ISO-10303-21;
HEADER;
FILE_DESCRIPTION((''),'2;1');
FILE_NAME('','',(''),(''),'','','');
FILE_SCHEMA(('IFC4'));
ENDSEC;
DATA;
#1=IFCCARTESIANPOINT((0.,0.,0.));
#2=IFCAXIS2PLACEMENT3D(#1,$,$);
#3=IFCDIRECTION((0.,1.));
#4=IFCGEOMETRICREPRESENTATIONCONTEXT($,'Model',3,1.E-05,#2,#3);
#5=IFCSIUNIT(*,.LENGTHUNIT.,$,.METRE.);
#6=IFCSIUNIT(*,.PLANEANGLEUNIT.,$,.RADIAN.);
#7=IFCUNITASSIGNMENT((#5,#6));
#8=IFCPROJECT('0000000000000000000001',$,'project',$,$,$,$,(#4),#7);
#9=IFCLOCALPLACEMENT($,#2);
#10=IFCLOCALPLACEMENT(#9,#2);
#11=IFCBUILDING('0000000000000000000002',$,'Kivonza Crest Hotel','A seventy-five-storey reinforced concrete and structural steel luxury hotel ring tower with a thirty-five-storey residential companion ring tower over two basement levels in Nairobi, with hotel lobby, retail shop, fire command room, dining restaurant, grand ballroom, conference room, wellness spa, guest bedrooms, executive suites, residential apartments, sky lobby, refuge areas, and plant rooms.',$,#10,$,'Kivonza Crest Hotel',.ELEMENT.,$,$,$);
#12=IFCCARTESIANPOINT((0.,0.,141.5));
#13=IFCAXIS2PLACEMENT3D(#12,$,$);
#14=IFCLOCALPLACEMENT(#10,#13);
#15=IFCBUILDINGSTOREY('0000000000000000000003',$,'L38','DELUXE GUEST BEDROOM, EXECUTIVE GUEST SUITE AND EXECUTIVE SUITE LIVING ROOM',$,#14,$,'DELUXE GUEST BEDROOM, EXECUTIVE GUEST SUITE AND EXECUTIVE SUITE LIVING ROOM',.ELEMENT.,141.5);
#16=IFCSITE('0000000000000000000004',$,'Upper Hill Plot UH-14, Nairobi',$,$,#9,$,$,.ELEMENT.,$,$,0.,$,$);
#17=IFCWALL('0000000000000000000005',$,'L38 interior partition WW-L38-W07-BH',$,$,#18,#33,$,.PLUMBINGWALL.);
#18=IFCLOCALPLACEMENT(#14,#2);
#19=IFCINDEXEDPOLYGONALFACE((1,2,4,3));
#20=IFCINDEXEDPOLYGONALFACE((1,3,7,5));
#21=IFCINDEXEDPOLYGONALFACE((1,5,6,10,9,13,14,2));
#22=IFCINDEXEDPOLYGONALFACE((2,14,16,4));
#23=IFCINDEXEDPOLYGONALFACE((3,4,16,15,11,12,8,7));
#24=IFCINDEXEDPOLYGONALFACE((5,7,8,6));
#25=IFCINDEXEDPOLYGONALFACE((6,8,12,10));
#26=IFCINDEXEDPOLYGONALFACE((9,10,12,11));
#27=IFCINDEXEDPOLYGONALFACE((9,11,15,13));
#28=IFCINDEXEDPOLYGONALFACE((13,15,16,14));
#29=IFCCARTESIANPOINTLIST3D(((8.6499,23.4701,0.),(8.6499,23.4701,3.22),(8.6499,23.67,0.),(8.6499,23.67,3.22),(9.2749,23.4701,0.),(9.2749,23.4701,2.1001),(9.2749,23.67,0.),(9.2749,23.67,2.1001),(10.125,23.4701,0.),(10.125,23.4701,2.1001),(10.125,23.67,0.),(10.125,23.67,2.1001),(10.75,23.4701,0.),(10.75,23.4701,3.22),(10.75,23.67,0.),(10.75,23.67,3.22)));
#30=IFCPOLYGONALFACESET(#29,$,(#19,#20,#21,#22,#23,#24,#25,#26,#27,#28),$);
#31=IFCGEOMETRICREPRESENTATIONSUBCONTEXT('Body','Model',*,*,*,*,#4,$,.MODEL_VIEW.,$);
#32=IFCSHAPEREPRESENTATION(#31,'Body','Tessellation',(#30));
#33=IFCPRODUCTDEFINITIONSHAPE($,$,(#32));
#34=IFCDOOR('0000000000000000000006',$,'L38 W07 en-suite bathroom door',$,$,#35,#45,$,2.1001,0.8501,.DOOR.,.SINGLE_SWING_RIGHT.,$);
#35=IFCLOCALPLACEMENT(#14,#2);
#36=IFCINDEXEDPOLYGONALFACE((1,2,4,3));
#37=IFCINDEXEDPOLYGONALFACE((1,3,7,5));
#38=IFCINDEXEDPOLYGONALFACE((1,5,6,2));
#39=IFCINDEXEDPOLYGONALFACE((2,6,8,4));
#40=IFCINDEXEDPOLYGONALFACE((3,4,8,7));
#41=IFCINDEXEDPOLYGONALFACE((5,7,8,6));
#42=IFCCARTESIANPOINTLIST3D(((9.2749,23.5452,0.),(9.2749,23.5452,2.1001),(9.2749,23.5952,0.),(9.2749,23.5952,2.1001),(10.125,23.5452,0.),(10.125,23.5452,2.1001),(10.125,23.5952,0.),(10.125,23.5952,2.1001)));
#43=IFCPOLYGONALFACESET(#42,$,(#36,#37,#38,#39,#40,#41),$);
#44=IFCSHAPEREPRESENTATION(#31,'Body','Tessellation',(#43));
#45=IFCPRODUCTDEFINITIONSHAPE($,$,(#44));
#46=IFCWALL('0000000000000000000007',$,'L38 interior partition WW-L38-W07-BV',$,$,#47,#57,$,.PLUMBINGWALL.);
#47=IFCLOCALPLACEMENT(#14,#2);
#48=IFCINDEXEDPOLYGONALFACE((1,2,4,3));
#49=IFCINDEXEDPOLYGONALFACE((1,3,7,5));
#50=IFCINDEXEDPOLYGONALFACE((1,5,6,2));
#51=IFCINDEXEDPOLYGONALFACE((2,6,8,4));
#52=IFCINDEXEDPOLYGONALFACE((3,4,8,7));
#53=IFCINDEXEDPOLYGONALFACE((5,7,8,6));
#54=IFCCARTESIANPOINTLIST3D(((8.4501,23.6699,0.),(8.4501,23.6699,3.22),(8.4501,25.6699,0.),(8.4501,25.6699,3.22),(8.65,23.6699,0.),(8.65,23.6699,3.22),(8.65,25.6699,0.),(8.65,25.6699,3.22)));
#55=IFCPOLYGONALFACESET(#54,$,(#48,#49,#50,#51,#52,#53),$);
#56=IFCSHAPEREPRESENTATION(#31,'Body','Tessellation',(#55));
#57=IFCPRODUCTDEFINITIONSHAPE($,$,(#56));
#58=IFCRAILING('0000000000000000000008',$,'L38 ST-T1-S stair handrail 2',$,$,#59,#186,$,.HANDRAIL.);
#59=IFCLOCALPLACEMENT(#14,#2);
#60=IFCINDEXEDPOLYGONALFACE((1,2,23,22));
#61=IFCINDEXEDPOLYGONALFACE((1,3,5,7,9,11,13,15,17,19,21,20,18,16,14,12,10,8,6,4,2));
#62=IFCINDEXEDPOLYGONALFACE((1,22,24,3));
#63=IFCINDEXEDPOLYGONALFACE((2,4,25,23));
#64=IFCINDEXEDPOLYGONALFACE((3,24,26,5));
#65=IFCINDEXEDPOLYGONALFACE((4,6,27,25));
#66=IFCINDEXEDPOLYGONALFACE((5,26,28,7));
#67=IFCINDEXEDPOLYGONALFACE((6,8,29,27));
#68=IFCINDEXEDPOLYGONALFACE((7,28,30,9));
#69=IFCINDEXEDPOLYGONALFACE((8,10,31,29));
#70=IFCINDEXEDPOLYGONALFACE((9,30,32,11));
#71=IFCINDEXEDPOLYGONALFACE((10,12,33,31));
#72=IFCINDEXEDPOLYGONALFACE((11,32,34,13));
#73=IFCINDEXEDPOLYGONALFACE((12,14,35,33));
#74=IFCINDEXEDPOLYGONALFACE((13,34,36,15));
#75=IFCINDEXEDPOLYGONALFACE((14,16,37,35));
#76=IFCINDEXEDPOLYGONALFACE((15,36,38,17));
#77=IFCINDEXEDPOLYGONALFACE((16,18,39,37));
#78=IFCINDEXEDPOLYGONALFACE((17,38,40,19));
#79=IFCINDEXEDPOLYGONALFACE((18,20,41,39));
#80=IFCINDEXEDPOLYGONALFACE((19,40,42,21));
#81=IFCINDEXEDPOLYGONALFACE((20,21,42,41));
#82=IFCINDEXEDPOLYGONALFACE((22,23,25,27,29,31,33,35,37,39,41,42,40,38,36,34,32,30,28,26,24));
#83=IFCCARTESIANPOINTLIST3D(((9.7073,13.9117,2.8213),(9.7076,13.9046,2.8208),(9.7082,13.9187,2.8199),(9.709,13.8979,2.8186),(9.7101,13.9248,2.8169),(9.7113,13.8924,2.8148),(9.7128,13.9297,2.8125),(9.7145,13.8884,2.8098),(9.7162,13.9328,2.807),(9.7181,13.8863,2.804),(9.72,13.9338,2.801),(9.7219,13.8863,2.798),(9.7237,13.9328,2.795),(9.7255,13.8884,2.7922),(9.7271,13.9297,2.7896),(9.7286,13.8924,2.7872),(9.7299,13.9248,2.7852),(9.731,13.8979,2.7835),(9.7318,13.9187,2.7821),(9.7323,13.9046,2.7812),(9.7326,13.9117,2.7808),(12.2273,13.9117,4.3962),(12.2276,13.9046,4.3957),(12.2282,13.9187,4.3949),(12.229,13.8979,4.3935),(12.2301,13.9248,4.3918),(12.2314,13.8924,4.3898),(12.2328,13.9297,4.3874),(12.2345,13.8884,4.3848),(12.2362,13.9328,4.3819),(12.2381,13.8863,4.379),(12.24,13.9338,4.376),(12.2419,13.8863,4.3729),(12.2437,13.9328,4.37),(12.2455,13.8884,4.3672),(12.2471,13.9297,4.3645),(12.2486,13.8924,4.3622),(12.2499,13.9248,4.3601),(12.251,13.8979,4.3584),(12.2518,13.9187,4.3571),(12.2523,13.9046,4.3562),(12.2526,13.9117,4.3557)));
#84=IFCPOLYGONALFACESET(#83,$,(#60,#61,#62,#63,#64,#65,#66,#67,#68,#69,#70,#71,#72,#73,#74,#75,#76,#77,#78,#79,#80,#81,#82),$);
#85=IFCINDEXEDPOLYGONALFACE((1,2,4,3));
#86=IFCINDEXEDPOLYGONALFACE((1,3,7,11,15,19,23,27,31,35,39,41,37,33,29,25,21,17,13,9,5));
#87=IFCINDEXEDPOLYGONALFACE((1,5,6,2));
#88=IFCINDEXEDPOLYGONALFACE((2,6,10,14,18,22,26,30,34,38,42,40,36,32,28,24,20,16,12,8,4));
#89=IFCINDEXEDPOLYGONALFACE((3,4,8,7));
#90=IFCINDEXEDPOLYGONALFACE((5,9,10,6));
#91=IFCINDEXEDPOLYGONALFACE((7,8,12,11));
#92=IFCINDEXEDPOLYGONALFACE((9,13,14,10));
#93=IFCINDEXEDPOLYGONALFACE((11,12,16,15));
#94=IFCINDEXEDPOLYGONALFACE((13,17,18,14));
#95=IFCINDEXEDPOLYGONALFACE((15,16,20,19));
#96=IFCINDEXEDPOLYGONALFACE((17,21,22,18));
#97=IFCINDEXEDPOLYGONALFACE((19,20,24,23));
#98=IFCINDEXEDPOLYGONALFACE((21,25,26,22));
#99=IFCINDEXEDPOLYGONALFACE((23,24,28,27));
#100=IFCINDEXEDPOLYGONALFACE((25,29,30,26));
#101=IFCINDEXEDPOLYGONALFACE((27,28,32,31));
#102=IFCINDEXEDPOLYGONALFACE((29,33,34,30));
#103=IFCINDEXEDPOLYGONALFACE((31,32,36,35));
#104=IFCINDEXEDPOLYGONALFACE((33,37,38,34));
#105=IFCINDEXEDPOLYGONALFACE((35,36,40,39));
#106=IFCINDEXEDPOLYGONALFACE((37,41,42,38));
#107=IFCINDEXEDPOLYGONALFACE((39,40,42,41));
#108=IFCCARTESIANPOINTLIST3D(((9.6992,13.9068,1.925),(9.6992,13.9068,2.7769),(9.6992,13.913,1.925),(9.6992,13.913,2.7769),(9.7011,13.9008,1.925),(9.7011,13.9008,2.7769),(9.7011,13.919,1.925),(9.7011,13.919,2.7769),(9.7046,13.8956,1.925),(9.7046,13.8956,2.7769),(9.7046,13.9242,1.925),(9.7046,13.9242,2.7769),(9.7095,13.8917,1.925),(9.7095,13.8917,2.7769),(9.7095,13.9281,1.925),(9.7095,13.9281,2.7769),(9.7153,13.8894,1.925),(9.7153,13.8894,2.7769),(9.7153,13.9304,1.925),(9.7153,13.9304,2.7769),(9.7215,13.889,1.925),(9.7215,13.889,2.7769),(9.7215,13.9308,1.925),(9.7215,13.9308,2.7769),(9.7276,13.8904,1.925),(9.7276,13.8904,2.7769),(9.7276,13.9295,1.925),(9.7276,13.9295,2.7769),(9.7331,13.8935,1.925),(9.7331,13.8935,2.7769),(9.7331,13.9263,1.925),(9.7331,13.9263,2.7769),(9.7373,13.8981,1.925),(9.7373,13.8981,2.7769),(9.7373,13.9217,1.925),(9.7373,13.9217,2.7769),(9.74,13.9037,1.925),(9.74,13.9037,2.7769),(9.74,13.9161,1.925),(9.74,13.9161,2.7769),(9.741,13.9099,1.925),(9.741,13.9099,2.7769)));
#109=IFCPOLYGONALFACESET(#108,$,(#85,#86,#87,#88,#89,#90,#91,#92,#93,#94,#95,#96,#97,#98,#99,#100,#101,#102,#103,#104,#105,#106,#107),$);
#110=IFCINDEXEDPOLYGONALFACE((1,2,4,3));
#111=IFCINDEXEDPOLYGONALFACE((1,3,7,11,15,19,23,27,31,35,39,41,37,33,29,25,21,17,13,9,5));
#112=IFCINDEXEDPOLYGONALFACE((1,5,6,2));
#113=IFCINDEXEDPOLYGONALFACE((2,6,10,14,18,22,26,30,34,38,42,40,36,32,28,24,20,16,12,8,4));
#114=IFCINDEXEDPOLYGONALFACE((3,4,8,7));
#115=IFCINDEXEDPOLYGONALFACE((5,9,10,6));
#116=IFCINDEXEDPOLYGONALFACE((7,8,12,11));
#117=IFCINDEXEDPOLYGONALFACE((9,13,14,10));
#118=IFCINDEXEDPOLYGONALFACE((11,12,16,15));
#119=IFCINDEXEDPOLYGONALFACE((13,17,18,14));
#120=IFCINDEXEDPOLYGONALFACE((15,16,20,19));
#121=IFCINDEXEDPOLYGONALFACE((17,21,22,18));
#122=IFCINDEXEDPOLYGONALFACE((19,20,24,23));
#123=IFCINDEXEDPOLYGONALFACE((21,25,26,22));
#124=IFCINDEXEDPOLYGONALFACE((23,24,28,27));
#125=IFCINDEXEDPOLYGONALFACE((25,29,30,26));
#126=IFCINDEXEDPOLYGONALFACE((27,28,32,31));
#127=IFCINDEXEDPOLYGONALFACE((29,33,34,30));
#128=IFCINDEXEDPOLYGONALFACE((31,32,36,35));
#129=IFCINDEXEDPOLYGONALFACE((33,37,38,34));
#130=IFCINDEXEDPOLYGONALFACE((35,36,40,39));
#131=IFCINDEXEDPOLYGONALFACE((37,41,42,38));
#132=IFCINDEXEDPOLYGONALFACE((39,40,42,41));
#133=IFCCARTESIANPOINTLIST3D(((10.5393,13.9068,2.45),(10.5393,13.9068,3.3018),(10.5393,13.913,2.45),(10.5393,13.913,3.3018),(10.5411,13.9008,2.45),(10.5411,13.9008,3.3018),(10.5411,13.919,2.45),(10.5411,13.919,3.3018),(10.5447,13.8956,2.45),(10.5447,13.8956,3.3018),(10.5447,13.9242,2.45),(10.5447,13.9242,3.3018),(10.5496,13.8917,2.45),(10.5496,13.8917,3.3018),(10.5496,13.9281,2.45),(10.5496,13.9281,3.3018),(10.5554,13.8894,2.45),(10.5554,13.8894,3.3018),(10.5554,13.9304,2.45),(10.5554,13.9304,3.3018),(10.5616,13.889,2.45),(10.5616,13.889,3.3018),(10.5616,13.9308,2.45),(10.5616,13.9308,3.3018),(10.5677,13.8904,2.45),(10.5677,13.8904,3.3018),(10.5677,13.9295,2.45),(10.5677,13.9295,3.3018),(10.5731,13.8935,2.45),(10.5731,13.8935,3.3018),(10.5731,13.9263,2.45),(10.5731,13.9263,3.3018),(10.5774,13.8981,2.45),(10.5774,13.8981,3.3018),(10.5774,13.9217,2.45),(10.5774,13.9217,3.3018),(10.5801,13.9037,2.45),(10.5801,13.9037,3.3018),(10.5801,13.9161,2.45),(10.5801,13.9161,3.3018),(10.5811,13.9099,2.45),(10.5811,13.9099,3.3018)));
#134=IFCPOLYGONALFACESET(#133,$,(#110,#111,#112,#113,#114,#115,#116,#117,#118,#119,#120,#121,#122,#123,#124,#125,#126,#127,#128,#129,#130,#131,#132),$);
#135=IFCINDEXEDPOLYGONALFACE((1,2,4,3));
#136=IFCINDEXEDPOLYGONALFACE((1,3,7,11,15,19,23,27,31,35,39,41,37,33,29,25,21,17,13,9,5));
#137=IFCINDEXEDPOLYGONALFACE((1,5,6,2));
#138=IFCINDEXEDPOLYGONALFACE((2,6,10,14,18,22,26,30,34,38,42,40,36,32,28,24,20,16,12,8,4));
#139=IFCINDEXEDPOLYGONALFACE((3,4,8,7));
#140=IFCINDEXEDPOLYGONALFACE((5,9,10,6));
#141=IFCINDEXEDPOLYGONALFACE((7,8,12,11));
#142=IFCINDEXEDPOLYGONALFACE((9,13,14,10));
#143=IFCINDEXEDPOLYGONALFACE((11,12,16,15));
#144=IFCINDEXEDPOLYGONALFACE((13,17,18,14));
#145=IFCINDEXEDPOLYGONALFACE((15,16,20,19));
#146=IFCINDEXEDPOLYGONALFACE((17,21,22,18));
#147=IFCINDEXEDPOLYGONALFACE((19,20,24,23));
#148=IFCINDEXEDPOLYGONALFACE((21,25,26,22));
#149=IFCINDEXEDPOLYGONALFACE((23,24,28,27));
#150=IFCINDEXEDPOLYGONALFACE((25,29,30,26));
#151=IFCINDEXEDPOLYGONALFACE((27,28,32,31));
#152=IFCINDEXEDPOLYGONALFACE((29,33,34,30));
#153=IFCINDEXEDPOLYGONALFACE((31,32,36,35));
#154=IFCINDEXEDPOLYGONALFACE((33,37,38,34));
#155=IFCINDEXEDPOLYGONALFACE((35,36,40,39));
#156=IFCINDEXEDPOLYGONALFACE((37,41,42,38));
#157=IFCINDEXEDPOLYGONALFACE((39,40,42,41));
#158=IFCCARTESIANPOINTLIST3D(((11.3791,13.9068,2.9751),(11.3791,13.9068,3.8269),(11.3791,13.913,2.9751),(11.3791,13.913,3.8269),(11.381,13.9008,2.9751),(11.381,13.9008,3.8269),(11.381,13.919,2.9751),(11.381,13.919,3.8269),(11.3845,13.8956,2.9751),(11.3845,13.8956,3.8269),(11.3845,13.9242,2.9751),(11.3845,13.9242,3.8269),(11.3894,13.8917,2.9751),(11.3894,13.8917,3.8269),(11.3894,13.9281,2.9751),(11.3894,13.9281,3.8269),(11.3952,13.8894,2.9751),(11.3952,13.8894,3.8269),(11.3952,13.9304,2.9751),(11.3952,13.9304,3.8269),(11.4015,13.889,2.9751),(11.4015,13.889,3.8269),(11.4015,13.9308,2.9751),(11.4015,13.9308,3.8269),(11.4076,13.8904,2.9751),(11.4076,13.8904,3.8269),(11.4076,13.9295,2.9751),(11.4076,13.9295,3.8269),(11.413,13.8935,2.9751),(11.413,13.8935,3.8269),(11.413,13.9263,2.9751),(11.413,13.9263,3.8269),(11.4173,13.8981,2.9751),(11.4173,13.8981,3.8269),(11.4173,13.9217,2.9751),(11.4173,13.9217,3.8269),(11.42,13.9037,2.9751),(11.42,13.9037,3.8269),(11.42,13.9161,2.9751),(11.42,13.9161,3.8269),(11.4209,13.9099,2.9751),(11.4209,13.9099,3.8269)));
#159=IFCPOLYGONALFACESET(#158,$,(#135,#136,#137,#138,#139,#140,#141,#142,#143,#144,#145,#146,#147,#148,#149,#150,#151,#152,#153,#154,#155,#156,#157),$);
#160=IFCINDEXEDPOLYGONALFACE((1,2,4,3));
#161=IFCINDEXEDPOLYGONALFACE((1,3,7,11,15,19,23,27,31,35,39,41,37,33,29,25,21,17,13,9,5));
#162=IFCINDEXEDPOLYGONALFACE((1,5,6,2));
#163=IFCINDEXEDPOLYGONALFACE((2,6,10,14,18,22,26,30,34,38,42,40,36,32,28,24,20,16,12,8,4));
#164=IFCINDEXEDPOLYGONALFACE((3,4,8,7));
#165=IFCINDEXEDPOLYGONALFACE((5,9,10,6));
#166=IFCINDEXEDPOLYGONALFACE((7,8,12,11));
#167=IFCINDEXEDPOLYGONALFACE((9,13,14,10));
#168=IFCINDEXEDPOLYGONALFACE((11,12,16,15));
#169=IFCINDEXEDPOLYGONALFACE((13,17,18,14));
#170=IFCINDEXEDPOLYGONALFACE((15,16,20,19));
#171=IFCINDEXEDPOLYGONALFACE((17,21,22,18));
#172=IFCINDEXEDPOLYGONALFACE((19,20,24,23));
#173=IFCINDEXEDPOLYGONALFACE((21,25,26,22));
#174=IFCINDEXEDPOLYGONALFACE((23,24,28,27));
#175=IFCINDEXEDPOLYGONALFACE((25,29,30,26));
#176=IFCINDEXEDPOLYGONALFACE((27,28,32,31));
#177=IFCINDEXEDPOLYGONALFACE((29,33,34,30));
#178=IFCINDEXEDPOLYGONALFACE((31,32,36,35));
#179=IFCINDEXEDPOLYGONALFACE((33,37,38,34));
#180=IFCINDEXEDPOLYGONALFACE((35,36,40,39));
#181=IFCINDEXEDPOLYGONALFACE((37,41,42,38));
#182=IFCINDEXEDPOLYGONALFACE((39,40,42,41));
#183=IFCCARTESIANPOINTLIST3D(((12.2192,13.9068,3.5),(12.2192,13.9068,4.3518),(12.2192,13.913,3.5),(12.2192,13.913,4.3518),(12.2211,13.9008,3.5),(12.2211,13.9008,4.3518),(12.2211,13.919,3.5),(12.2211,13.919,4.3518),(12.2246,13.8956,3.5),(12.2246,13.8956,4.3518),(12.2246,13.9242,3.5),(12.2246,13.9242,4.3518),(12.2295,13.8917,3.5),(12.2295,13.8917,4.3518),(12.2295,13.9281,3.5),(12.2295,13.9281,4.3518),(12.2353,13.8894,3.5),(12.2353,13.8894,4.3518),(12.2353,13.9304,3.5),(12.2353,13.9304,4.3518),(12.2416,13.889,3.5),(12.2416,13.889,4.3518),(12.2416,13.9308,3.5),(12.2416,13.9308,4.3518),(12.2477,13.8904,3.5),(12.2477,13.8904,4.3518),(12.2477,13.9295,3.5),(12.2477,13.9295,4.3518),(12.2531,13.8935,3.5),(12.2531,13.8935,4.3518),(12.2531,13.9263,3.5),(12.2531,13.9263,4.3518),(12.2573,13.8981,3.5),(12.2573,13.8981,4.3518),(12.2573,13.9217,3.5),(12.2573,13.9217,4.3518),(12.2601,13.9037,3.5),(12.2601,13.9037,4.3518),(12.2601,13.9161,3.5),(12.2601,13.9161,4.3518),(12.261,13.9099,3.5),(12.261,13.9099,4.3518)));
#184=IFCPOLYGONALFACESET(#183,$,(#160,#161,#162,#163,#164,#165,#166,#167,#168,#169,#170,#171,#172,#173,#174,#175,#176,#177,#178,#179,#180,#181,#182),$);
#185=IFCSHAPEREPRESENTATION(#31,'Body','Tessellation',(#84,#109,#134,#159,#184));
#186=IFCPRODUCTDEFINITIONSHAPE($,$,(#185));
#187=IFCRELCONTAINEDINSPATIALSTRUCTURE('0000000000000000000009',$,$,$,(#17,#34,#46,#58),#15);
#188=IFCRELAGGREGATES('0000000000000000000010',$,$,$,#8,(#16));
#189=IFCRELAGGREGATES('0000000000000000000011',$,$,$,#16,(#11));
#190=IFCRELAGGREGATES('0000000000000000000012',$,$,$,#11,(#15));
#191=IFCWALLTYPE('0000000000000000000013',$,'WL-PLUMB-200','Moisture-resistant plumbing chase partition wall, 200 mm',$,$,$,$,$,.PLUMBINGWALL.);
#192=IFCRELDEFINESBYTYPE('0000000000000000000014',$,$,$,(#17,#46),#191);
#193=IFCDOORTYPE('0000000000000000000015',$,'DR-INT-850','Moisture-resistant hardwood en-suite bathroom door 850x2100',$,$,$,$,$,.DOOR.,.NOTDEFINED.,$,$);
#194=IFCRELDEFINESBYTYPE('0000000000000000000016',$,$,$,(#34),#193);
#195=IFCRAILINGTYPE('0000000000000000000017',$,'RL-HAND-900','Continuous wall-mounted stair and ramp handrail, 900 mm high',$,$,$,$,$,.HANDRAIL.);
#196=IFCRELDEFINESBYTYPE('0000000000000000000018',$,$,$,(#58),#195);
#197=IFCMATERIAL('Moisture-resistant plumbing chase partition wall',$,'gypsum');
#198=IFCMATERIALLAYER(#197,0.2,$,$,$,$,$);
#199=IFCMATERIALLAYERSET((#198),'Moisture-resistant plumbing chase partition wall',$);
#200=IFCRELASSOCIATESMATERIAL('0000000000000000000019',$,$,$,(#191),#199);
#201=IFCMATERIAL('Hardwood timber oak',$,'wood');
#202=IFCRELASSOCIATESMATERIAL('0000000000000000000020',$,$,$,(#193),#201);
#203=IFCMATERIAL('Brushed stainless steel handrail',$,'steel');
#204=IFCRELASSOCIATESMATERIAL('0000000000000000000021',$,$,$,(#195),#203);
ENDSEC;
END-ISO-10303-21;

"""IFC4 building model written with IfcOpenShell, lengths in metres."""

from ifc_helpers import new_model, si_unit, direction, frame, frame_2d, origin, origin_2d, place, context, subcontext, project, spatial, rectangle, circle, extrude, material, layer, layer_set, type_object, element, fill, save


model = new_model("IFC4")

# Units and contexts
model_context = context("Model", 3, precision=1e-05, world=origin(), true_north=direction((0.0, 1.0)))
body_context = subcontext(model_context, "Body", "Model", "MODEL_VIEW")
ifc_project = project(units=[si_unit("LENGTHUNIT", "METRE"), si_unit("PLANEANGLEUNIT", "RADIAN")], contexts=[model_context])

# Site, building, storey
site_placement = place(None, origin())
site = spatial("IfcSite", under=ifc_project, at=site_placement, Name="Upper Hill Plot UH-14, Nairobi", CompositionType="ELEMENT", RefElevation=0.0)
building_placement = place(site_placement, origin())
building = spatial("IfcBuilding", under=site, at=building_placement, Name="Kivonza Crest Hotel", Description="A seventy-five-storey reinforced concrete and structural steel luxury hotel ring tower with a thirty-five-storey residential companion ring tower over two basement levels in Nairobi, with hotel lobby, retail shop, fire command room, dining restaurant, grand ballroom, conference room, wellness spa, guest bedrooms, executive suites, residential apartments, sky lobby, refuge areas, and plant rooms.", LongName="Kivonza Crest Hotel", CompositionType="ELEMENT")
storey_placement = place(building_placement, frame((0.0, 0.0, 141.5)))
storey = spatial("IfcBuildingStorey", under=building, at=storey_placement, Name="L38", Description="DELUXE GUEST BEDROOM, EXECUTIVE GUEST SUITE AND EXECUTIVE SUITE LIVING ROOM", LongName="DELUXE GUEST BEDROOM, EXECUTIVE GUEST SUITE AND EXECUTIVE SUITE LIVING ROOM", CompositionType="ELEMENT", Elevation=141.5)

# Shared definitions
ifc_material_1 = material(Name="Hardwood timber oak", Category="wood")

# Wall, opening, door
ifc_material_2 = material(Name="Moisture-resistant plumbing chase partition wall", Category="gypsum")
ifc_layer_1 = layer(ifc_material_2, 0.2)
ifc_layer_set_1 = layer_set([ifc_layer_1], Name="Moisture-resistant plumbing chase partition wall")
wall_type_1 = type_object("IfcWallType", Name="WL-PLUMB-200", Description="Moisture-resistant plumbing chase partition wall, 200 mm", PredefinedType="PLUMBINGWALL", material=ifc_layer_set_1)
wall_1_placement = place(storey_placement, frame((8.6499, 23.5701, 0.0), z_axis=(0.0, 0.0, 1.0), x_axis=(1.0, 0.0, 0.0)))
wall_1 = element("IfcWall", 1, at=wall_1_placement, inside=storey, type_object=wall_type_1, Name="L38 interior partition WW-L38-W07-BH", PredefinedType="PLUMBINGWALL", context=body_context, shape_type="SweptSolid", body=[
    extrude(rectangle(XDim=2.1001, YDim=0.2, at=frame_2d((1.05, 0.0))), origin(), (0.0, 0.0, 1.0), 3.22),
])
opening_1_placement = place(wall_1_placement, frame((0.625, 0.0, 0.0)))
opening_1 = element("IfcOpeningElement", 2, at=opening_1_placement, cuts=wall_1, PredefinedType="OPENING", context=body_context, shape_type="SweptSolid", body=[
    extrude(rectangle(XDim=0.8501, YDim=2.1001, at=frame_2d((0.425, 1.05))), frame((0.0, 0.1099, 0.0), z_axis=(0.0, -1.0, 0.0), x_axis=(1.0, 0.0, 0.0)), (0.0, 0.0, 1.0), 0.22),
])
door_type_1 = type_object("IfcDoorType", Name="DR-INT-850", Description="Moisture-resistant hardwood en-suite bathroom door 850x2100", OperationType="NOTDEFINED", PredefinedType="DOOR", material=ifc_material_1)
door_1_placement = place(opening_1_placement, frame((0.8501, 0.0, 0.0), z_axis=(0.0, 0.0, 1.0), x_axis=(-1.0, 0.0, 0.0)))
door_1 = element("IfcDoor", 3, at=door_1_placement, inside=storey, type_object=door_type_1, Name="L38 W07 en-suite bathroom door", OperationType="SINGLE_SWING_RIGHT", OverallHeight=2.1001, OverallWidth=0.8501, PredefinedType="DOOR", context=body_context, shape_type="SweptSolid", body=[
    extrude(rectangle(XDim=0.8501, YDim=2.1001, at=frame_2d((0.425, 1.05))), frame((0.0, 0.0249, 0.0), z_axis=(0.0, -1.0, 0.0), x_axis=(1.0, 0.0, 0.0)), (0.0, 0.0, 1.0), 0.05),
])
fill(opening_1, door_1)

# Wall
wall_2_placement = place(storey_placement, frame((8.55, 23.6699, 0.0), z_axis=(0.0, 0.0, 1.0), x_axis=(0.0, 1.0, 0.0)))
element("IfcWall", 4, at=wall_2_placement, inside=storey, type_object=wall_type_1, Name="L38 interior partition WW-L38-W07-BV", PredefinedType="PLUMBINGWALL", context=body_context, shape_type="SweptSolid", body=[
    extrude(rectangle(XDim=2.0, YDim=0.2, at=frame_2d((1.0, 0.0))), origin(), (0.0, 0.0, 1.0), 3.22),
])

# Railing
ifc_material_3 = material(Name="Brushed stainless steel handrail", Category="steel")
railing_type_1 = type_object("IfcRailingType", Name="RL-HAND-900", Description="Continuous wall-mounted stair and ramp handrail, 900 mm high", PredefinedType="HANDRAIL", material=ifc_material_3)
railing_1_placement = place(storey_placement, frame((9.72, 13.9099, 1.925)))
element("IfcRailing", 5, at=railing_1_placement, inside=storey, type_object=railing_type_1, Name="L38 ST-T1-S stair handrail 2", PredefinedType="HANDRAIL", context=body_context, shape_type="SweptSolid", body=[
    extrude(circle(Radius=0.0239, at=origin_2d()), frame((0.0, 0.0, 0.876), z_axis=(0.848008, 0.0, 0.529984), x_axis=(0.0, 1.0, 0.0)), (0.0, 0.0, 1.0), 2.9717),
    extrude(circle(Radius=0.021, at=origin_2d()), origin(), (0.0, 0.0, 1.0), 0.8518),
    extrude(circle(Radius=0.021, at=origin_2d()), frame((0.8401, 0.0, 0.5249)), (0.0, 0.0, 1.0), 0.8518),
    extrude(circle(Radius=0.021, at=origin_2d()), frame((1.6799, 0.0, 1.05)), (0.0, 0.0, 1.0), 0.8518),
    extrude(circle(Radius=0.021, at=origin_2d()), frame((2.52, 0.0, 1.575)), (0.0, 0.0, 1.0), 0.8518),
])

save(model, "model.ifc")
